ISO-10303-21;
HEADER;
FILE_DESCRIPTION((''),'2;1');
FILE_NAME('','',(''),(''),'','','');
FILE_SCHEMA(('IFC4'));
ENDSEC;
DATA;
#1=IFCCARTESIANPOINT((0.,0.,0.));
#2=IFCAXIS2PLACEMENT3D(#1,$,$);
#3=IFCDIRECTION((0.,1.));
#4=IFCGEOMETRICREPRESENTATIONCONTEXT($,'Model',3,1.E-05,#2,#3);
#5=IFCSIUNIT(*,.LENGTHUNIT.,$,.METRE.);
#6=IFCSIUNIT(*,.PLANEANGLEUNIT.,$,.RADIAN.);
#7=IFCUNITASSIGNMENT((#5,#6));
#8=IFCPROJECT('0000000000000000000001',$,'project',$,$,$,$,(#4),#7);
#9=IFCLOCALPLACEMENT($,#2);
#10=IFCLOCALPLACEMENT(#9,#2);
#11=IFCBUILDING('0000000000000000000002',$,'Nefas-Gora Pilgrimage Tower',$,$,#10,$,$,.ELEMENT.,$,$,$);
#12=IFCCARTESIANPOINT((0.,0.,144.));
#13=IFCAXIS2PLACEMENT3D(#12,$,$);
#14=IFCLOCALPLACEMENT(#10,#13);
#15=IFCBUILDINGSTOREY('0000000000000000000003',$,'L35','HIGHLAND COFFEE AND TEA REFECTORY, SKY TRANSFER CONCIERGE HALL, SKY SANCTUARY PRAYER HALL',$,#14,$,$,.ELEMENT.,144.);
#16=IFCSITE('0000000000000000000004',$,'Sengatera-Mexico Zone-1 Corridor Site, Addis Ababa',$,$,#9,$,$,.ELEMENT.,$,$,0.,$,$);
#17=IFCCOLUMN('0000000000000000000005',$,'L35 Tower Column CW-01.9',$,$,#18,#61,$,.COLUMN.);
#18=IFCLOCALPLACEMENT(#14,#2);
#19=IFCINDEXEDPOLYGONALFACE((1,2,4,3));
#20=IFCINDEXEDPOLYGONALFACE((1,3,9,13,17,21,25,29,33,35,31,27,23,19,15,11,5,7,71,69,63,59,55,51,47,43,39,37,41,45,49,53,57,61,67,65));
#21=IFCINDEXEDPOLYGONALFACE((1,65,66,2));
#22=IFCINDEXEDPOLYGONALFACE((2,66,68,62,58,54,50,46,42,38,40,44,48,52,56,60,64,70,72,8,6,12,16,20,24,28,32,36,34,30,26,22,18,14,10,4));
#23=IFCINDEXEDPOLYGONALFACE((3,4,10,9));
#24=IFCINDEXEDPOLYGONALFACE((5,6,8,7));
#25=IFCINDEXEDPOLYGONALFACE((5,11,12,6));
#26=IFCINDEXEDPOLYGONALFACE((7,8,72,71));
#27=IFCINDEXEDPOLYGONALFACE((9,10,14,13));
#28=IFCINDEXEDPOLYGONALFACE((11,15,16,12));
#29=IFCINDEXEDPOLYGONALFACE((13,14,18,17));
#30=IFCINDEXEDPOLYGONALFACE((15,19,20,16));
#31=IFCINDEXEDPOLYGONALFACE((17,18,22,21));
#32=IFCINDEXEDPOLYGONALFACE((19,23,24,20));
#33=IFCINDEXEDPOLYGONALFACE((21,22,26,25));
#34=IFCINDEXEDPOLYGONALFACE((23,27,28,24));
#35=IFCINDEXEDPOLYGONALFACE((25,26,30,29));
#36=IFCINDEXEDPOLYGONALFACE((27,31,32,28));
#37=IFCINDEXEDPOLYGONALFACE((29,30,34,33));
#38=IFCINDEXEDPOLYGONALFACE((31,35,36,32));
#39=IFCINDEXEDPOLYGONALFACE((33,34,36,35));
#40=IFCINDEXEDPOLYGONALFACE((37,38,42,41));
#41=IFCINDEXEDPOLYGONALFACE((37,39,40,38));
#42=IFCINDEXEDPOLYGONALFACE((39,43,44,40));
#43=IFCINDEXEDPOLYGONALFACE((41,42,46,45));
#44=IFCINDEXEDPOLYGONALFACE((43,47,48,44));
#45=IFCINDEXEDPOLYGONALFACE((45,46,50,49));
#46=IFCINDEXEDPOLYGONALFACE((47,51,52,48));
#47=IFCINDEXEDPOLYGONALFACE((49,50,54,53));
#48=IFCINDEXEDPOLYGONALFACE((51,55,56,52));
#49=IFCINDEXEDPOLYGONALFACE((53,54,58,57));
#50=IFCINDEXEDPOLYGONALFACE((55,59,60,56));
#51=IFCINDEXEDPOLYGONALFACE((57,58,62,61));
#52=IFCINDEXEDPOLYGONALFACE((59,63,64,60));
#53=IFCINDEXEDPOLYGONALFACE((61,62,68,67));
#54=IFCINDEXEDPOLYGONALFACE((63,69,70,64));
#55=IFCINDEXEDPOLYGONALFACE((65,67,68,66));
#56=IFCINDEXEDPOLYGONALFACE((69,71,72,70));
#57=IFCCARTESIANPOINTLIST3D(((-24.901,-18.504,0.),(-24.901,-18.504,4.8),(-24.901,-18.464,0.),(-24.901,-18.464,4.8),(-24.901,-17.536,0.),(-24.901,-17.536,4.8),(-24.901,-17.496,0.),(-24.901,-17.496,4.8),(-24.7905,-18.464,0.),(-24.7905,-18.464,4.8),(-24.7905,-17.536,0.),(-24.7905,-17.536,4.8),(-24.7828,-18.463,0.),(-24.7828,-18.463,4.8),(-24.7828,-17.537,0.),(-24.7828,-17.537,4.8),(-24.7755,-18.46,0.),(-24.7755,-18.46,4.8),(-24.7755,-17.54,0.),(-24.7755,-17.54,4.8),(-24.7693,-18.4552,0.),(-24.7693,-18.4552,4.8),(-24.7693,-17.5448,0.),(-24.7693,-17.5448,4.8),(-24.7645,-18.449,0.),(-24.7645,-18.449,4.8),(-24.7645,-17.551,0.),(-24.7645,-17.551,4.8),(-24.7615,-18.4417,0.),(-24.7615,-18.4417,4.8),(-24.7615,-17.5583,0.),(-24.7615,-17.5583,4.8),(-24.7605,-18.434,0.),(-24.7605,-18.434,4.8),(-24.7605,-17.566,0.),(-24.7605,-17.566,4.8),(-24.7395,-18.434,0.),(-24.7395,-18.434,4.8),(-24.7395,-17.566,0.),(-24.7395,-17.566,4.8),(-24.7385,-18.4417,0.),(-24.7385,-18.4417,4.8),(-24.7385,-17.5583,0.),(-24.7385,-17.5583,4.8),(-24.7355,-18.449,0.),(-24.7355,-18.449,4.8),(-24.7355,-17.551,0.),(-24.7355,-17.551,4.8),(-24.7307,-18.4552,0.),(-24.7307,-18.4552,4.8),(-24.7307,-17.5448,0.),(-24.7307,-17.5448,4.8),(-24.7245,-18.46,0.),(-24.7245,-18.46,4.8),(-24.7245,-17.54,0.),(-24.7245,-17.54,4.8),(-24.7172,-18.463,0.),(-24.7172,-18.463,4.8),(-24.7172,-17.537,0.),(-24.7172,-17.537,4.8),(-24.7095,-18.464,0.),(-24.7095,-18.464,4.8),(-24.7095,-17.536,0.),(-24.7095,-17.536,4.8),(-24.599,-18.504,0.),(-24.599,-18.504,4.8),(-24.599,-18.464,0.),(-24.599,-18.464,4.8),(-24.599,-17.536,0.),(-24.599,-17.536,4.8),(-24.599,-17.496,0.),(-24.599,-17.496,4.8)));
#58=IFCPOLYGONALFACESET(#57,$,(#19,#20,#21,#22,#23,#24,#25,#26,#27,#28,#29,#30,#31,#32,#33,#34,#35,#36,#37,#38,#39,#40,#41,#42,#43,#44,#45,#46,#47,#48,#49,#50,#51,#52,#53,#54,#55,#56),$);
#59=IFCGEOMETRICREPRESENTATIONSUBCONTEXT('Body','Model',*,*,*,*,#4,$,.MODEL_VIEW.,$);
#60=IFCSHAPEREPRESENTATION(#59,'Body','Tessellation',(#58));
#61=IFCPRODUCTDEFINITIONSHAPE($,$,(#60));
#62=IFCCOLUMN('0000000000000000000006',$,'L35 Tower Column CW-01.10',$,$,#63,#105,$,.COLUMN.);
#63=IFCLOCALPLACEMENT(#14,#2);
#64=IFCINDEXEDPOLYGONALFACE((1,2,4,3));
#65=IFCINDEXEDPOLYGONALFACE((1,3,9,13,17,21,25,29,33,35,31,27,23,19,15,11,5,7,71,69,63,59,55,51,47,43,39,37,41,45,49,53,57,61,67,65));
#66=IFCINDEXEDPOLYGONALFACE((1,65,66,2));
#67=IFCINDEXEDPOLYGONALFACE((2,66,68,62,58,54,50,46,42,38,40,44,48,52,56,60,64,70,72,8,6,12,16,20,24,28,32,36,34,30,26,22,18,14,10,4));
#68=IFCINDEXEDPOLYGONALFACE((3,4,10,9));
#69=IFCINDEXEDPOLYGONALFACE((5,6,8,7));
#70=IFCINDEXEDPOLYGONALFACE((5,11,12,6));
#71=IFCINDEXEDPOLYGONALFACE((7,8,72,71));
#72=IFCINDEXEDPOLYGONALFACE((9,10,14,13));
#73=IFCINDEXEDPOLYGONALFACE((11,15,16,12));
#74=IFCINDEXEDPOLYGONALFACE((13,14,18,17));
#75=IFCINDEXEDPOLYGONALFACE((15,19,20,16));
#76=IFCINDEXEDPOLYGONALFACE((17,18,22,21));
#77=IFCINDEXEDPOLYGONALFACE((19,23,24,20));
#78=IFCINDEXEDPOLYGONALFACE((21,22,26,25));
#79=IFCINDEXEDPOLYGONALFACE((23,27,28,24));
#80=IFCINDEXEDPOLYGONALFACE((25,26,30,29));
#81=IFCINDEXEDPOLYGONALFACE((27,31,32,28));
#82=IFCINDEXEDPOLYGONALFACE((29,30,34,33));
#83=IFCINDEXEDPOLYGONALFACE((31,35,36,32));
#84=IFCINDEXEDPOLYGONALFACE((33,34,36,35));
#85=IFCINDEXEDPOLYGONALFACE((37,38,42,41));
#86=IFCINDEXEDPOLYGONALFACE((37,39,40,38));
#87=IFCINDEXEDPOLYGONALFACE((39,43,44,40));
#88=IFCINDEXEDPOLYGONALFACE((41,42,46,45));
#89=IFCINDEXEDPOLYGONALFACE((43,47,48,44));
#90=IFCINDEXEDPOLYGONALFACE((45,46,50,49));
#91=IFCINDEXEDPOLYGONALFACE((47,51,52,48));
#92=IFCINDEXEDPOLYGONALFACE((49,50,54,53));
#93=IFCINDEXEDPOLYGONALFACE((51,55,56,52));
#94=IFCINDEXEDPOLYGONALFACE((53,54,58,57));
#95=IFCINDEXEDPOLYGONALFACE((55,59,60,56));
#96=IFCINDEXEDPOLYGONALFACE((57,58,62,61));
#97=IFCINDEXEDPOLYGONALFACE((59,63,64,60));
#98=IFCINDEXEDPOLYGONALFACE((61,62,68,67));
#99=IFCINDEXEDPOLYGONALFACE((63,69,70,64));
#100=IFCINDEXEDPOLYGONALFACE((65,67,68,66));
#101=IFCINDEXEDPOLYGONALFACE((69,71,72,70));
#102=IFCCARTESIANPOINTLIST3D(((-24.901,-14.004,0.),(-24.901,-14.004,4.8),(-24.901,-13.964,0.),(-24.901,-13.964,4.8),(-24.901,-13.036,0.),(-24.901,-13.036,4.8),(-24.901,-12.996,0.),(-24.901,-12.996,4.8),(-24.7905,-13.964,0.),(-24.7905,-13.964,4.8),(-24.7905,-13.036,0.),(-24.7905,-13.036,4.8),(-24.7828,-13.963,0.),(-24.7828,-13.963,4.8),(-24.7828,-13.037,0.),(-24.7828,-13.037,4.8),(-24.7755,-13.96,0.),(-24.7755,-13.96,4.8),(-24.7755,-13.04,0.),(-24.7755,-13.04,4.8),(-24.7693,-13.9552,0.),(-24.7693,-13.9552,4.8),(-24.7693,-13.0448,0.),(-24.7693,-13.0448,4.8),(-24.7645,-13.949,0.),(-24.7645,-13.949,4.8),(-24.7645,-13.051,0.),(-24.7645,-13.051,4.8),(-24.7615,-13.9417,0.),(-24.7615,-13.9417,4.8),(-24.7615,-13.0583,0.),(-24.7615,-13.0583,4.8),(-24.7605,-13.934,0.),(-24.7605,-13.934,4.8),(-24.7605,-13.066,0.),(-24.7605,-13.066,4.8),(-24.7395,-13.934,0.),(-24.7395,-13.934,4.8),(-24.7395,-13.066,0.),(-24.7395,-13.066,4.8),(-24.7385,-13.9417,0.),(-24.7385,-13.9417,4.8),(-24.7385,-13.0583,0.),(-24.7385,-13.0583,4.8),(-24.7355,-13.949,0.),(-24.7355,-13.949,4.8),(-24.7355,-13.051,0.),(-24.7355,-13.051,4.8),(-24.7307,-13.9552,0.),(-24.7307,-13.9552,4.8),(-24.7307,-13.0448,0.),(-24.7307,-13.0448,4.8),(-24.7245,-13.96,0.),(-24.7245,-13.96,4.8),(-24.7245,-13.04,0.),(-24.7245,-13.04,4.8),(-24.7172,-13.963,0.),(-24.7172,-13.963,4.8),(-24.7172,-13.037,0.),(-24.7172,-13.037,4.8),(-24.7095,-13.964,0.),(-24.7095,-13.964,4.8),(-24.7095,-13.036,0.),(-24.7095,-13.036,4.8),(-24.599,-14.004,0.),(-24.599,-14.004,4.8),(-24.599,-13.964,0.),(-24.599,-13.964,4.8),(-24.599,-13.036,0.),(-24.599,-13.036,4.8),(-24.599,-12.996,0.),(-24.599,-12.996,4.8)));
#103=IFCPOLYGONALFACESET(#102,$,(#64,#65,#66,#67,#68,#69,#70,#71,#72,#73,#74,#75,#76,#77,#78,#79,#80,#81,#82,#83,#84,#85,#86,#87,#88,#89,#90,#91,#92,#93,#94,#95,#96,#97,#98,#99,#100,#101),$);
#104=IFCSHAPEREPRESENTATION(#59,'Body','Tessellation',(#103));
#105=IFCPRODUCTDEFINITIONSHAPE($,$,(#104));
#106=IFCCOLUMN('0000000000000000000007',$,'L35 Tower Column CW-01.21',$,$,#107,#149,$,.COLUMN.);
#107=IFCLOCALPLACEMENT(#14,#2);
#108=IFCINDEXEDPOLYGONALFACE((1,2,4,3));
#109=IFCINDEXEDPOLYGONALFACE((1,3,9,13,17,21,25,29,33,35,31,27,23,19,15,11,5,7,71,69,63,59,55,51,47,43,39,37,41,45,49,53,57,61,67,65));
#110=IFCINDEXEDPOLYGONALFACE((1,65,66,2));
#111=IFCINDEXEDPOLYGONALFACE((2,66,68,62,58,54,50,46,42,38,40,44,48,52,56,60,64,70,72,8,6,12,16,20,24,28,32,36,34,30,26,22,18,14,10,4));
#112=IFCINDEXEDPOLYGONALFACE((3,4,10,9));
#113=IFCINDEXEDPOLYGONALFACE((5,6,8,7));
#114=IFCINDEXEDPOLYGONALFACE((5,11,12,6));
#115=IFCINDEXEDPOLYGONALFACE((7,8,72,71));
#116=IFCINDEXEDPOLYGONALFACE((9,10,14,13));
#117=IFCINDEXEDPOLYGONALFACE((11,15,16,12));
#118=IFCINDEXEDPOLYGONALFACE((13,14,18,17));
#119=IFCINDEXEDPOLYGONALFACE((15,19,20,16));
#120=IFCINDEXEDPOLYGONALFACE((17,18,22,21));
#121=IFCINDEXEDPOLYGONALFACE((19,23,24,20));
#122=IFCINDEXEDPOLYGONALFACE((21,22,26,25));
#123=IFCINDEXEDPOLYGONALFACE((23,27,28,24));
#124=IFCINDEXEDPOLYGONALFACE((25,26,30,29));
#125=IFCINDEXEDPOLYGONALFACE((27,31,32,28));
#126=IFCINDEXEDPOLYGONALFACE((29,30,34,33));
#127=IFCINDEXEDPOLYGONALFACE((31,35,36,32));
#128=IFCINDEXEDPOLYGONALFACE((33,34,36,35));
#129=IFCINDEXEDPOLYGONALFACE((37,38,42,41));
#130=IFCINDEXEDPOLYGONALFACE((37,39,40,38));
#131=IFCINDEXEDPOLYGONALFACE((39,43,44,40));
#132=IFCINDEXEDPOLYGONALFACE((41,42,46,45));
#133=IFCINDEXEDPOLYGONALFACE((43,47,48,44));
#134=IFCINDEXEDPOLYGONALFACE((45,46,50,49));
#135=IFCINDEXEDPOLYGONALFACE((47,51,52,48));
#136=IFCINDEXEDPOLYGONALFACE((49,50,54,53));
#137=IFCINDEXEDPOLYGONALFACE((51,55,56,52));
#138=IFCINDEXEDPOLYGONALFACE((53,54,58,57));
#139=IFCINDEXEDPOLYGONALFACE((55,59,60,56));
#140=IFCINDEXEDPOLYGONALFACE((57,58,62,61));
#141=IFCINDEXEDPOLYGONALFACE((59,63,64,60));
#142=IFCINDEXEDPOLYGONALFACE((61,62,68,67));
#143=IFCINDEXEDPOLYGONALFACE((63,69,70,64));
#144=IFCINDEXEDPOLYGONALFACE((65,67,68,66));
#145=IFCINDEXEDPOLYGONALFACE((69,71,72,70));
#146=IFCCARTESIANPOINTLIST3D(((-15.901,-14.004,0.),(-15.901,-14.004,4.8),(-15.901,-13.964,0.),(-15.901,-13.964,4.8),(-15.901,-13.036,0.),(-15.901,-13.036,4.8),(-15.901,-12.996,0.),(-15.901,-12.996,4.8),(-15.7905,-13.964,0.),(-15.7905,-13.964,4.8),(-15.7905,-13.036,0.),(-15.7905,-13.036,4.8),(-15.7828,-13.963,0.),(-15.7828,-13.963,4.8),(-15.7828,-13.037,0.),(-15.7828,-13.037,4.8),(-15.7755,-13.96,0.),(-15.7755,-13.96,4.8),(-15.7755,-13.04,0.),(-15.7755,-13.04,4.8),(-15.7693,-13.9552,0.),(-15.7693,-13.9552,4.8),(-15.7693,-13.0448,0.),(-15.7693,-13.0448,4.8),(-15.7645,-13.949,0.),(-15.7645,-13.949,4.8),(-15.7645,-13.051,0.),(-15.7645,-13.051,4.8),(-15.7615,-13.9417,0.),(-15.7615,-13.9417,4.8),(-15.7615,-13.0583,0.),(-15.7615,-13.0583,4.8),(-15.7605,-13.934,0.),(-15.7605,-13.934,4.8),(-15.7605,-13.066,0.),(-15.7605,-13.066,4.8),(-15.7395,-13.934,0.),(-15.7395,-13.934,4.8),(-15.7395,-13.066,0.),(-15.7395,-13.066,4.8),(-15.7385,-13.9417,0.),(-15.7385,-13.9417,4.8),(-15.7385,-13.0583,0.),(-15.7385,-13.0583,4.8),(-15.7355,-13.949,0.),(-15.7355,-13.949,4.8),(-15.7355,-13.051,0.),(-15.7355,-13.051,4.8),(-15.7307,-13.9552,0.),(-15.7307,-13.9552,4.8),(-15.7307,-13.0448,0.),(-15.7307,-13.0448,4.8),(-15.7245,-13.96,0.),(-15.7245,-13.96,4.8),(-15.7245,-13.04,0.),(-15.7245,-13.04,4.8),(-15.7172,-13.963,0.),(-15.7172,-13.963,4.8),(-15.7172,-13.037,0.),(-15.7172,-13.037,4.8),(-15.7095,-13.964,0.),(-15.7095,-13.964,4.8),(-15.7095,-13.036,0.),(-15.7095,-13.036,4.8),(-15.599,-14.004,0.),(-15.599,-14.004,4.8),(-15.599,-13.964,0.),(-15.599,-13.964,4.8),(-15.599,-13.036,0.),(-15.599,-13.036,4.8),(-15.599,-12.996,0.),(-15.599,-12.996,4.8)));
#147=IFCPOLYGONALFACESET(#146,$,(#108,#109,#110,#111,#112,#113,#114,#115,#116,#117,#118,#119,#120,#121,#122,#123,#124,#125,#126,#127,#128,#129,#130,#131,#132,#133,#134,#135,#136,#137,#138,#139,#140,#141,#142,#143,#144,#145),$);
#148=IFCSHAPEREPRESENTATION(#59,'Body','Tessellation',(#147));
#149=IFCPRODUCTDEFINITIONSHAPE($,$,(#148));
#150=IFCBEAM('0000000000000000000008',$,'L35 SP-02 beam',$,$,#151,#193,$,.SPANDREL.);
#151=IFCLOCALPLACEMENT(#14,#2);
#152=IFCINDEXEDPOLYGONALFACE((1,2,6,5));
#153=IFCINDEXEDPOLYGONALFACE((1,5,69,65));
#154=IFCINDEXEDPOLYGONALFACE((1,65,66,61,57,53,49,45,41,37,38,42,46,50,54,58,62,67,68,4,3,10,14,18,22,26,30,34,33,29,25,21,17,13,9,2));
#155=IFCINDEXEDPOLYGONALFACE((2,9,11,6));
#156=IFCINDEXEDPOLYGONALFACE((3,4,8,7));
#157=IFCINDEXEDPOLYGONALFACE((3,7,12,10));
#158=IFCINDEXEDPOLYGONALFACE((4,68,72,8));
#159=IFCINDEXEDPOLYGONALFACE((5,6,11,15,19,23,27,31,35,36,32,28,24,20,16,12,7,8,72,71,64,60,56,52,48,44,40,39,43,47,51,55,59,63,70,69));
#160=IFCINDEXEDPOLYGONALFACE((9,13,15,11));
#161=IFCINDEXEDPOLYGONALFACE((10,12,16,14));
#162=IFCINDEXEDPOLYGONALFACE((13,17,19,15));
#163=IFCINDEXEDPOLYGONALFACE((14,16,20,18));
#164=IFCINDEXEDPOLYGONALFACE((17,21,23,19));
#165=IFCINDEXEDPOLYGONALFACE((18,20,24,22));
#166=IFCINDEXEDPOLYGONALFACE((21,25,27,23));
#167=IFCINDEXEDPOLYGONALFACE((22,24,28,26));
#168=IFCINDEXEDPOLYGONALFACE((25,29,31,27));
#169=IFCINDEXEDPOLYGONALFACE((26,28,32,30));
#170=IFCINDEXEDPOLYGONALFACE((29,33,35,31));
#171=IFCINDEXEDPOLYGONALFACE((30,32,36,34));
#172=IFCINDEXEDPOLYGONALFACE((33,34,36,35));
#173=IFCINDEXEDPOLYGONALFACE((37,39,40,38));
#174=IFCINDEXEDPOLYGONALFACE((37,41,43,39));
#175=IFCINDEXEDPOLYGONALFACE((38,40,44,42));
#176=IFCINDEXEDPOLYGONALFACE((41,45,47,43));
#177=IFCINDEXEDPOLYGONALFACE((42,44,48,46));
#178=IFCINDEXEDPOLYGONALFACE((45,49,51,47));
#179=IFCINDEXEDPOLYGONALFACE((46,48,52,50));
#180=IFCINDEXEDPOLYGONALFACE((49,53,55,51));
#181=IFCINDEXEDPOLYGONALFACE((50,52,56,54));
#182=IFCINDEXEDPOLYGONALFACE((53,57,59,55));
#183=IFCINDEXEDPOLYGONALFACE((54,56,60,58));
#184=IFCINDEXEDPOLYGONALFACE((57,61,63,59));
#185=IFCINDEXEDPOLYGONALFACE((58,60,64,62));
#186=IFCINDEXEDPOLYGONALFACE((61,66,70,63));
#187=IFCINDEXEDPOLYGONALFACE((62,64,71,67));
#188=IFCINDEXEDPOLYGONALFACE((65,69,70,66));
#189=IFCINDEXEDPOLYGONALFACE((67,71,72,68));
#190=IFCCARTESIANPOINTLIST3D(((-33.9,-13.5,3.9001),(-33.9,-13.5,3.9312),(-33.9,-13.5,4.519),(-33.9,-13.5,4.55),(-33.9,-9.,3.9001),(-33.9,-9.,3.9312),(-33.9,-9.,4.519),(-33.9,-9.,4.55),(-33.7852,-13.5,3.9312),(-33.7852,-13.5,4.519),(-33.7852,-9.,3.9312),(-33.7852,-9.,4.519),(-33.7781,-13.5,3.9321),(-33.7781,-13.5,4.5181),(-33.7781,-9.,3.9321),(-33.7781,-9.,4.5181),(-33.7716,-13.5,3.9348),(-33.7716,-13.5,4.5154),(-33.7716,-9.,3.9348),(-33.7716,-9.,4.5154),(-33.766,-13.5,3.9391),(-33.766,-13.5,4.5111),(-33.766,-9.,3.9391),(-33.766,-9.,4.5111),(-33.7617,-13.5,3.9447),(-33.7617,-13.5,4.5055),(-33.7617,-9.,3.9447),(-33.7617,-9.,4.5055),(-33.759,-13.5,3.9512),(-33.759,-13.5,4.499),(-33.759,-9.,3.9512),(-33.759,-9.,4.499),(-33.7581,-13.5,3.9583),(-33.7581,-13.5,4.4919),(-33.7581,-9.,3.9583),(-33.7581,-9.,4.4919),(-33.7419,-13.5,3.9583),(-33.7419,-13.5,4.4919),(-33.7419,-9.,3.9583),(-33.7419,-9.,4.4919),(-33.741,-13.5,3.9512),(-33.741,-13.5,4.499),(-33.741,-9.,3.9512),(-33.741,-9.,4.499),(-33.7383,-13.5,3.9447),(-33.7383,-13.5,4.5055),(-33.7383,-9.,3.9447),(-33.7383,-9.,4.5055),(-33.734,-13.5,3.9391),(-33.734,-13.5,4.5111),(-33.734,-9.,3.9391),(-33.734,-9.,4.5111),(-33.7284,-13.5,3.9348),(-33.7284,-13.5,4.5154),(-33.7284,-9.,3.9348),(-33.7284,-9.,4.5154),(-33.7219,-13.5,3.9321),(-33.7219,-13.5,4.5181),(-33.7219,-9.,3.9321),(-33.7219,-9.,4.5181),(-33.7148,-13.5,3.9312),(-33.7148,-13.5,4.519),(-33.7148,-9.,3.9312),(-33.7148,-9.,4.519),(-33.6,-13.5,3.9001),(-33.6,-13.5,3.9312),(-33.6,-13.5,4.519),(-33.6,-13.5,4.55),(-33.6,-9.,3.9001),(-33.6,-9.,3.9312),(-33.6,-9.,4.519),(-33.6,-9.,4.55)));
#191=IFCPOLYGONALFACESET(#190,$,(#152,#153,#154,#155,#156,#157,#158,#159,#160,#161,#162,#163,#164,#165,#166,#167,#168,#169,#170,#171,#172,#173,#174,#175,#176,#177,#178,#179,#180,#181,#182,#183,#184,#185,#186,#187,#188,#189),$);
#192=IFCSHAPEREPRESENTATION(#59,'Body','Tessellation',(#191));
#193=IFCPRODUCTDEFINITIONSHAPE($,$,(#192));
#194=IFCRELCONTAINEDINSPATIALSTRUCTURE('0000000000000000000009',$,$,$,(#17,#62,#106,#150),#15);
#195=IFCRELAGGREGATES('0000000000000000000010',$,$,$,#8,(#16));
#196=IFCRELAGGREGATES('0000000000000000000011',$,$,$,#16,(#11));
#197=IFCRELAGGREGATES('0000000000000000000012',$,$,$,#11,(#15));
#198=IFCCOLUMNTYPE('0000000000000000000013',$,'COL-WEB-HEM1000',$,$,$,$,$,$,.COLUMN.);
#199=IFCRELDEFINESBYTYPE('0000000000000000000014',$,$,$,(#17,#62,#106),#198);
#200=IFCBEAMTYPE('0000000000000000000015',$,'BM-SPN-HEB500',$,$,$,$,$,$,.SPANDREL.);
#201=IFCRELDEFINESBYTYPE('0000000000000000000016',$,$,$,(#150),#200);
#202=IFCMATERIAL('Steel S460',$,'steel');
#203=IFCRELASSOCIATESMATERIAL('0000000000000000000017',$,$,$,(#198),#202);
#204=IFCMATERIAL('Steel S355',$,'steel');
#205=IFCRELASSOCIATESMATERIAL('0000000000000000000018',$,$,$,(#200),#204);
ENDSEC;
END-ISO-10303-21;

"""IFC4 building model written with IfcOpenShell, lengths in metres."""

from ifc_helpers import new_model, si_unit, direction, frame, origin, origin_2d, place, context, subcontext, project, spatial, i_section, extrude, source, transform, mapped, material, material_profile, profile_set, type_object, element, save


model = new_model("IFC4")

# Units and contexts
model_context = context("Model", 3, precision=1e-05, world=origin(), true_north=direction((0.0, 1.0)))
body_context = subcontext(model_context, "Body", "Model", "MODEL_VIEW")
ifc_project = project(units=[si_unit("LENGTHUNIT", "METRE"), si_unit("PLANEANGLEUNIT", "RADIAN")], contexts=[model_context])

# Site, building, storey
site_placement = place(None, origin())
site = spatial("IfcSite", under=ifc_project, at=site_placement, Name="Sengatera-Mexico Zone-1 Corridor Site, Addis Ababa", CompositionType="ELEMENT", RefElevation=0.0)
building_placement = place(site_placement, origin())
building = spatial("IfcBuilding", under=site, at=building_placement, Name="Nefas-Gora Pilgrimage Tower", CompositionType="ELEMENT")
storey_placement = place(building_placement, frame((0.0, 0.0, 144.0)))
storey = spatial("IfcBuildingStorey", under=building, at=storey_placement, Name="L35", Description="HIGHLAND COFFEE AND TEA REFECTORY, SKY TRANSFER CONCIERGE HALL, SKY SANCTUARY PRAYER HALL", CompositionType="ELEMENT", Elevation=144.0)

# Columns
ifc_material_1 = material(Name="Steel S460", Category="steel")
ifc_material_profile_1 = material_profile(ifc_material_1, i_section(OverallWidth=0.302, OverallDepth=1.0081, WebThickness=0.021, FlangeThickness=0.04, FilletRadius=0.03, at=origin_2d()), Name="HEM 1000")
ifc_profile_set_1 = profile_set([ifc_material_profile_1], Name="Steel S460")
column_type_1 = type_object("IfcColumnType", Name="COL-WEB-HEM1000", PredefinedType="COLUMN", material=ifc_profile_set_1)
shared_shape_1 = source(origin(), body_context, "Body", "SweptSolid", [
    extrude(i_section(OverallWidth=0.302, OverallDepth=1.0081, WebThickness=0.021, FlangeThickness=0.04, FilletRadius=0.03, at=origin_2d()), origin(), (0.0, 0.0, 1.0), 4.8),
])
for number, where, z_axis, x_axis, name in (
    (1, (-24.75, -18.0, 0.0), (0.0, 0.0, 1.0), (1.0, 0.0, 0.0), "L35 Tower Column CW-01.9"),
    (2, (-24.75, -13.5, 0.0), (0.0, 0.0, 1.0), (1.0, 0.0, 0.0), "L35 Tower Column CW-01.10"),
    (3, (-15.75, -13.5, 0.0), (0.0, 0.0, 1.0), (1.0, 0.0, 0.0), "L35 Tower Column CW-01.21"),
):
    element("IfcColumn", number, at=place(storey_placement, frame(where, z_axis=z_axis, x_axis=x_axis)), inside=storey, type_object=column_type_1, Name=name, PredefinedType="COLUMN", context=body_context, shape_type="MappedRepresentation", body=[
        mapped(shared_shape_1, transform((0.0, 0.0, 0.0), x_axis=(1.0, 0.0, 0.0), y_axis=(0.0, 1.0, 0.0), z_axis=(0.0, 0.0, 1.0), scale=1.0)),
    ])

# Beam
ifc_material_2 = material(Name="Steel S355", Category="steel")
ifc_material_profile_2 = material_profile(ifc_material_2, i_section(OverallWidth=0.3, OverallDepth=0.6499, WebThickness=0.0161, FlangeThickness=0.031, FilletRadius=0.0271, at=origin_2d()), Name="HEB 650")
ifc_profile_set_2 = profile_set([ifc_material_profile_2], Name="Steel S355")
beam_type_1 = type_object("IfcBeamType", Name="BM-SPN-HEB500", PredefinedType="SPANDREL", material=ifc_profile_set_2)
shared_shape_2 = source(origin(), body_context, "Body", "SweptSolid", [
    extrude(i_section(OverallWidth=0.3, OverallDepth=0.6499, WebThickness=0.0161, FlangeThickness=0.031, FilletRadius=0.0271, at=origin_2d()), origin(), (0.0, 0.0, 1.0), 4.5),
])
for number, where, z_axis, x_axis, name in (
    (4, (-33.75, -13.5, 4.2251), (0.0, 1.0, 0.0), (-1.0, 0.0, 0.0), "L35 SP-02 beam"),
):
    element("IfcBeam", number, at=place(storey_placement, frame(where, z_axis=z_axis, x_axis=x_axis)), inside=storey, type_object=beam_type_1, Name=name, PredefinedType="SPANDREL", context=body_context, shape_type="MappedRepresentation", body=[
        mapped(shared_shape_2, transform((0.0, 0.0, 0.0), x_axis=(1.0, 0.0, 0.0), y_axis=(0.0, 1.0, 0.0), z_axis=(0.0, 0.0, 1.0), scale=1.0)),
    ])

save(model, "model.ifc")
